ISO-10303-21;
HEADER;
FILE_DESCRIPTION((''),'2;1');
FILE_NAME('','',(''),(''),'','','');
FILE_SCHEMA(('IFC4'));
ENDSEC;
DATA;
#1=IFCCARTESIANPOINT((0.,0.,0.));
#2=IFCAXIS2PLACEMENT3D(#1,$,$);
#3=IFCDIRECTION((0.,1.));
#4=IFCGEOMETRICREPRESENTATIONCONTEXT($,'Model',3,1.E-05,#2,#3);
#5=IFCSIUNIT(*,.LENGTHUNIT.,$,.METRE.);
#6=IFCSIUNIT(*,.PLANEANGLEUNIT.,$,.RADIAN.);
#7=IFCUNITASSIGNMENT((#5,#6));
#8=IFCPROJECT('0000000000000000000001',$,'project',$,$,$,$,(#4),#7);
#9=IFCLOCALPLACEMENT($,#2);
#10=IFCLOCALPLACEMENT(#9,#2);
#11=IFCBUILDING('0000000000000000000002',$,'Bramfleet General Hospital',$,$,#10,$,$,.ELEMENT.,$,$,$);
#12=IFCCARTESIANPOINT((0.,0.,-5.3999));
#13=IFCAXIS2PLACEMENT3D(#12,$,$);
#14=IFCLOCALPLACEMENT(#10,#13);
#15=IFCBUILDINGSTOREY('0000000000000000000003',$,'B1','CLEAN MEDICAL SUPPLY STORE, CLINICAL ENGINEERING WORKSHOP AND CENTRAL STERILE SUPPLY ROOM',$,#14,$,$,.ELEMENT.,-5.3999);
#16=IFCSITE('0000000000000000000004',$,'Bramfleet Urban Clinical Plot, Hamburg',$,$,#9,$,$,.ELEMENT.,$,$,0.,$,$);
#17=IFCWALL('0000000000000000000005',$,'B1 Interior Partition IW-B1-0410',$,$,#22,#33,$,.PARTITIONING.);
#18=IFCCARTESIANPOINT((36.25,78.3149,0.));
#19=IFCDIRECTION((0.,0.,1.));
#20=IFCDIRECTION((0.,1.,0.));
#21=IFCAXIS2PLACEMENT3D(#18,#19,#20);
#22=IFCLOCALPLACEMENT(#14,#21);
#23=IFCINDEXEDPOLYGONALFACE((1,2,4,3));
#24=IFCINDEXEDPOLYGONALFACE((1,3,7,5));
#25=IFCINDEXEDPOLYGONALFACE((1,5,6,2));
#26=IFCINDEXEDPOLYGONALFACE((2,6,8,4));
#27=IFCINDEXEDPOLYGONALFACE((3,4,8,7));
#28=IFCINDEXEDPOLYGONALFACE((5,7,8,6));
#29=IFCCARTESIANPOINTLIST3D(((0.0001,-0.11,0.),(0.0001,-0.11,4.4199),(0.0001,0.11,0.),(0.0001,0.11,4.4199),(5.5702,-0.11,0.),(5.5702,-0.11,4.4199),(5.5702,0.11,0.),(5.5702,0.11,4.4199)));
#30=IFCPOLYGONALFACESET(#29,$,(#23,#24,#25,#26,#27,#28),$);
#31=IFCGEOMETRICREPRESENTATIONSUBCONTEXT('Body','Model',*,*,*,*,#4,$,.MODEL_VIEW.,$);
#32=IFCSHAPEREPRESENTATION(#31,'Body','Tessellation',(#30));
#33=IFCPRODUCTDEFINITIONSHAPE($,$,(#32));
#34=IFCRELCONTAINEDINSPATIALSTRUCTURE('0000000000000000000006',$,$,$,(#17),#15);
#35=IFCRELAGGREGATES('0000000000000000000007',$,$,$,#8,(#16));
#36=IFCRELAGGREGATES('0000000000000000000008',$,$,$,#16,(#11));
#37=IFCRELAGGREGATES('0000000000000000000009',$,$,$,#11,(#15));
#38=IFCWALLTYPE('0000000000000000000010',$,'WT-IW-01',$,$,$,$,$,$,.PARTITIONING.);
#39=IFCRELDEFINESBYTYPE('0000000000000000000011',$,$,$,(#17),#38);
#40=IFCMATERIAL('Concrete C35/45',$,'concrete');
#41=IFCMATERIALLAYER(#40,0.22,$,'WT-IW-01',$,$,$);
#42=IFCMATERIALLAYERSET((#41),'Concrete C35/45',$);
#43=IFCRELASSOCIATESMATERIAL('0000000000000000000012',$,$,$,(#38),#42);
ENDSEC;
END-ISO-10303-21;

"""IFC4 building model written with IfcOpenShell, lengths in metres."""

from ifc_helpers import new_model, si_unit, direction, frame, frame_2d, origin, place, context, subcontext, project, spatial, rectangle, extrude, material, layer, layer_set, type_object, element, save


model = new_model("IFC4")

# Units and contexts
model_context = context("Model", 3, precision=1e-05, world=origin(), true_north=direction((0.0, 1.0)))
body_context = subcontext(model_context, "Body", "Model", "MODEL_VIEW")
ifc_project = project(units=[si_unit("LENGTHUNIT", "METRE"), si_unit("PLANEANGLEUNIT", "RADIAN")], contexts=[model_context])

# Site, building, storey
site_placement = place(None, origin())
site = spatial("IfcSite", under=ifc_project, at=site_placement, Name="Bramfleet Urban Clinical Plot, Hamburg", CompositionType="ELEMENT", RefElevation=0.0)
building_placement = place(site_placement, origin())
building = spatial("IfcBuilding", under=site, at=building_placement, Name="Bramfleet General Hospital", CompositionType="ELEMENT")
storey_placement = place(building_placement, frame((0.0, 0.0, -5.3999)))
storey = spatial("IfcBuildingStorey", under=building, at=storey_placement, Name="B1", Description="CLEAN MEDICAL SUPPLY STORE, CLINICAL ENGINEERING WORKSHOP AND CENTRAL STERILE SUPPLY ROOM", CompositionType="ELEMENT", Elevation=-5.3999)

# Shared definitions
ifc_material_1 = material(Name="Concrete C35/45", Category="concrete")

# Shared definitions
ifc_layer_1 = layer(ifc_material_1, 0.22, Name="WT-IW-01")
ifc_layer_set_1 = layer_set([ifc_layer_1], Name="Concrete C35/45")
wall_type_1 = type_object("IfcWallType", Name="WT-IW-01", PredefinedType="PARTITIONING", material=ifc_layer_set_1)

# Wall
wall_1_placement = place(storey_placement, frame((36.25, 78.3149, 0.0), z_axis=(0.0, 0.0, 1.0), x_axis=(0.0, 1.0, 0.0)))
element("IfcWall", 1, at=wall_1_placement, inside=storey, type_object=wall_type_1, Name="B1 Interior Partition IW-B1-0410", PredefinedType="PARTITIONING", context=body_context, shape_type="SweptSolid", body=[
    extrude(rectangle(XDim=5.5701, YDim=0.22, at=frame_2d((2.7852, 0.0))), origin(), (0.0, 0.0, 1.0), 4.4199),
])

save(model, "model.ifc")
